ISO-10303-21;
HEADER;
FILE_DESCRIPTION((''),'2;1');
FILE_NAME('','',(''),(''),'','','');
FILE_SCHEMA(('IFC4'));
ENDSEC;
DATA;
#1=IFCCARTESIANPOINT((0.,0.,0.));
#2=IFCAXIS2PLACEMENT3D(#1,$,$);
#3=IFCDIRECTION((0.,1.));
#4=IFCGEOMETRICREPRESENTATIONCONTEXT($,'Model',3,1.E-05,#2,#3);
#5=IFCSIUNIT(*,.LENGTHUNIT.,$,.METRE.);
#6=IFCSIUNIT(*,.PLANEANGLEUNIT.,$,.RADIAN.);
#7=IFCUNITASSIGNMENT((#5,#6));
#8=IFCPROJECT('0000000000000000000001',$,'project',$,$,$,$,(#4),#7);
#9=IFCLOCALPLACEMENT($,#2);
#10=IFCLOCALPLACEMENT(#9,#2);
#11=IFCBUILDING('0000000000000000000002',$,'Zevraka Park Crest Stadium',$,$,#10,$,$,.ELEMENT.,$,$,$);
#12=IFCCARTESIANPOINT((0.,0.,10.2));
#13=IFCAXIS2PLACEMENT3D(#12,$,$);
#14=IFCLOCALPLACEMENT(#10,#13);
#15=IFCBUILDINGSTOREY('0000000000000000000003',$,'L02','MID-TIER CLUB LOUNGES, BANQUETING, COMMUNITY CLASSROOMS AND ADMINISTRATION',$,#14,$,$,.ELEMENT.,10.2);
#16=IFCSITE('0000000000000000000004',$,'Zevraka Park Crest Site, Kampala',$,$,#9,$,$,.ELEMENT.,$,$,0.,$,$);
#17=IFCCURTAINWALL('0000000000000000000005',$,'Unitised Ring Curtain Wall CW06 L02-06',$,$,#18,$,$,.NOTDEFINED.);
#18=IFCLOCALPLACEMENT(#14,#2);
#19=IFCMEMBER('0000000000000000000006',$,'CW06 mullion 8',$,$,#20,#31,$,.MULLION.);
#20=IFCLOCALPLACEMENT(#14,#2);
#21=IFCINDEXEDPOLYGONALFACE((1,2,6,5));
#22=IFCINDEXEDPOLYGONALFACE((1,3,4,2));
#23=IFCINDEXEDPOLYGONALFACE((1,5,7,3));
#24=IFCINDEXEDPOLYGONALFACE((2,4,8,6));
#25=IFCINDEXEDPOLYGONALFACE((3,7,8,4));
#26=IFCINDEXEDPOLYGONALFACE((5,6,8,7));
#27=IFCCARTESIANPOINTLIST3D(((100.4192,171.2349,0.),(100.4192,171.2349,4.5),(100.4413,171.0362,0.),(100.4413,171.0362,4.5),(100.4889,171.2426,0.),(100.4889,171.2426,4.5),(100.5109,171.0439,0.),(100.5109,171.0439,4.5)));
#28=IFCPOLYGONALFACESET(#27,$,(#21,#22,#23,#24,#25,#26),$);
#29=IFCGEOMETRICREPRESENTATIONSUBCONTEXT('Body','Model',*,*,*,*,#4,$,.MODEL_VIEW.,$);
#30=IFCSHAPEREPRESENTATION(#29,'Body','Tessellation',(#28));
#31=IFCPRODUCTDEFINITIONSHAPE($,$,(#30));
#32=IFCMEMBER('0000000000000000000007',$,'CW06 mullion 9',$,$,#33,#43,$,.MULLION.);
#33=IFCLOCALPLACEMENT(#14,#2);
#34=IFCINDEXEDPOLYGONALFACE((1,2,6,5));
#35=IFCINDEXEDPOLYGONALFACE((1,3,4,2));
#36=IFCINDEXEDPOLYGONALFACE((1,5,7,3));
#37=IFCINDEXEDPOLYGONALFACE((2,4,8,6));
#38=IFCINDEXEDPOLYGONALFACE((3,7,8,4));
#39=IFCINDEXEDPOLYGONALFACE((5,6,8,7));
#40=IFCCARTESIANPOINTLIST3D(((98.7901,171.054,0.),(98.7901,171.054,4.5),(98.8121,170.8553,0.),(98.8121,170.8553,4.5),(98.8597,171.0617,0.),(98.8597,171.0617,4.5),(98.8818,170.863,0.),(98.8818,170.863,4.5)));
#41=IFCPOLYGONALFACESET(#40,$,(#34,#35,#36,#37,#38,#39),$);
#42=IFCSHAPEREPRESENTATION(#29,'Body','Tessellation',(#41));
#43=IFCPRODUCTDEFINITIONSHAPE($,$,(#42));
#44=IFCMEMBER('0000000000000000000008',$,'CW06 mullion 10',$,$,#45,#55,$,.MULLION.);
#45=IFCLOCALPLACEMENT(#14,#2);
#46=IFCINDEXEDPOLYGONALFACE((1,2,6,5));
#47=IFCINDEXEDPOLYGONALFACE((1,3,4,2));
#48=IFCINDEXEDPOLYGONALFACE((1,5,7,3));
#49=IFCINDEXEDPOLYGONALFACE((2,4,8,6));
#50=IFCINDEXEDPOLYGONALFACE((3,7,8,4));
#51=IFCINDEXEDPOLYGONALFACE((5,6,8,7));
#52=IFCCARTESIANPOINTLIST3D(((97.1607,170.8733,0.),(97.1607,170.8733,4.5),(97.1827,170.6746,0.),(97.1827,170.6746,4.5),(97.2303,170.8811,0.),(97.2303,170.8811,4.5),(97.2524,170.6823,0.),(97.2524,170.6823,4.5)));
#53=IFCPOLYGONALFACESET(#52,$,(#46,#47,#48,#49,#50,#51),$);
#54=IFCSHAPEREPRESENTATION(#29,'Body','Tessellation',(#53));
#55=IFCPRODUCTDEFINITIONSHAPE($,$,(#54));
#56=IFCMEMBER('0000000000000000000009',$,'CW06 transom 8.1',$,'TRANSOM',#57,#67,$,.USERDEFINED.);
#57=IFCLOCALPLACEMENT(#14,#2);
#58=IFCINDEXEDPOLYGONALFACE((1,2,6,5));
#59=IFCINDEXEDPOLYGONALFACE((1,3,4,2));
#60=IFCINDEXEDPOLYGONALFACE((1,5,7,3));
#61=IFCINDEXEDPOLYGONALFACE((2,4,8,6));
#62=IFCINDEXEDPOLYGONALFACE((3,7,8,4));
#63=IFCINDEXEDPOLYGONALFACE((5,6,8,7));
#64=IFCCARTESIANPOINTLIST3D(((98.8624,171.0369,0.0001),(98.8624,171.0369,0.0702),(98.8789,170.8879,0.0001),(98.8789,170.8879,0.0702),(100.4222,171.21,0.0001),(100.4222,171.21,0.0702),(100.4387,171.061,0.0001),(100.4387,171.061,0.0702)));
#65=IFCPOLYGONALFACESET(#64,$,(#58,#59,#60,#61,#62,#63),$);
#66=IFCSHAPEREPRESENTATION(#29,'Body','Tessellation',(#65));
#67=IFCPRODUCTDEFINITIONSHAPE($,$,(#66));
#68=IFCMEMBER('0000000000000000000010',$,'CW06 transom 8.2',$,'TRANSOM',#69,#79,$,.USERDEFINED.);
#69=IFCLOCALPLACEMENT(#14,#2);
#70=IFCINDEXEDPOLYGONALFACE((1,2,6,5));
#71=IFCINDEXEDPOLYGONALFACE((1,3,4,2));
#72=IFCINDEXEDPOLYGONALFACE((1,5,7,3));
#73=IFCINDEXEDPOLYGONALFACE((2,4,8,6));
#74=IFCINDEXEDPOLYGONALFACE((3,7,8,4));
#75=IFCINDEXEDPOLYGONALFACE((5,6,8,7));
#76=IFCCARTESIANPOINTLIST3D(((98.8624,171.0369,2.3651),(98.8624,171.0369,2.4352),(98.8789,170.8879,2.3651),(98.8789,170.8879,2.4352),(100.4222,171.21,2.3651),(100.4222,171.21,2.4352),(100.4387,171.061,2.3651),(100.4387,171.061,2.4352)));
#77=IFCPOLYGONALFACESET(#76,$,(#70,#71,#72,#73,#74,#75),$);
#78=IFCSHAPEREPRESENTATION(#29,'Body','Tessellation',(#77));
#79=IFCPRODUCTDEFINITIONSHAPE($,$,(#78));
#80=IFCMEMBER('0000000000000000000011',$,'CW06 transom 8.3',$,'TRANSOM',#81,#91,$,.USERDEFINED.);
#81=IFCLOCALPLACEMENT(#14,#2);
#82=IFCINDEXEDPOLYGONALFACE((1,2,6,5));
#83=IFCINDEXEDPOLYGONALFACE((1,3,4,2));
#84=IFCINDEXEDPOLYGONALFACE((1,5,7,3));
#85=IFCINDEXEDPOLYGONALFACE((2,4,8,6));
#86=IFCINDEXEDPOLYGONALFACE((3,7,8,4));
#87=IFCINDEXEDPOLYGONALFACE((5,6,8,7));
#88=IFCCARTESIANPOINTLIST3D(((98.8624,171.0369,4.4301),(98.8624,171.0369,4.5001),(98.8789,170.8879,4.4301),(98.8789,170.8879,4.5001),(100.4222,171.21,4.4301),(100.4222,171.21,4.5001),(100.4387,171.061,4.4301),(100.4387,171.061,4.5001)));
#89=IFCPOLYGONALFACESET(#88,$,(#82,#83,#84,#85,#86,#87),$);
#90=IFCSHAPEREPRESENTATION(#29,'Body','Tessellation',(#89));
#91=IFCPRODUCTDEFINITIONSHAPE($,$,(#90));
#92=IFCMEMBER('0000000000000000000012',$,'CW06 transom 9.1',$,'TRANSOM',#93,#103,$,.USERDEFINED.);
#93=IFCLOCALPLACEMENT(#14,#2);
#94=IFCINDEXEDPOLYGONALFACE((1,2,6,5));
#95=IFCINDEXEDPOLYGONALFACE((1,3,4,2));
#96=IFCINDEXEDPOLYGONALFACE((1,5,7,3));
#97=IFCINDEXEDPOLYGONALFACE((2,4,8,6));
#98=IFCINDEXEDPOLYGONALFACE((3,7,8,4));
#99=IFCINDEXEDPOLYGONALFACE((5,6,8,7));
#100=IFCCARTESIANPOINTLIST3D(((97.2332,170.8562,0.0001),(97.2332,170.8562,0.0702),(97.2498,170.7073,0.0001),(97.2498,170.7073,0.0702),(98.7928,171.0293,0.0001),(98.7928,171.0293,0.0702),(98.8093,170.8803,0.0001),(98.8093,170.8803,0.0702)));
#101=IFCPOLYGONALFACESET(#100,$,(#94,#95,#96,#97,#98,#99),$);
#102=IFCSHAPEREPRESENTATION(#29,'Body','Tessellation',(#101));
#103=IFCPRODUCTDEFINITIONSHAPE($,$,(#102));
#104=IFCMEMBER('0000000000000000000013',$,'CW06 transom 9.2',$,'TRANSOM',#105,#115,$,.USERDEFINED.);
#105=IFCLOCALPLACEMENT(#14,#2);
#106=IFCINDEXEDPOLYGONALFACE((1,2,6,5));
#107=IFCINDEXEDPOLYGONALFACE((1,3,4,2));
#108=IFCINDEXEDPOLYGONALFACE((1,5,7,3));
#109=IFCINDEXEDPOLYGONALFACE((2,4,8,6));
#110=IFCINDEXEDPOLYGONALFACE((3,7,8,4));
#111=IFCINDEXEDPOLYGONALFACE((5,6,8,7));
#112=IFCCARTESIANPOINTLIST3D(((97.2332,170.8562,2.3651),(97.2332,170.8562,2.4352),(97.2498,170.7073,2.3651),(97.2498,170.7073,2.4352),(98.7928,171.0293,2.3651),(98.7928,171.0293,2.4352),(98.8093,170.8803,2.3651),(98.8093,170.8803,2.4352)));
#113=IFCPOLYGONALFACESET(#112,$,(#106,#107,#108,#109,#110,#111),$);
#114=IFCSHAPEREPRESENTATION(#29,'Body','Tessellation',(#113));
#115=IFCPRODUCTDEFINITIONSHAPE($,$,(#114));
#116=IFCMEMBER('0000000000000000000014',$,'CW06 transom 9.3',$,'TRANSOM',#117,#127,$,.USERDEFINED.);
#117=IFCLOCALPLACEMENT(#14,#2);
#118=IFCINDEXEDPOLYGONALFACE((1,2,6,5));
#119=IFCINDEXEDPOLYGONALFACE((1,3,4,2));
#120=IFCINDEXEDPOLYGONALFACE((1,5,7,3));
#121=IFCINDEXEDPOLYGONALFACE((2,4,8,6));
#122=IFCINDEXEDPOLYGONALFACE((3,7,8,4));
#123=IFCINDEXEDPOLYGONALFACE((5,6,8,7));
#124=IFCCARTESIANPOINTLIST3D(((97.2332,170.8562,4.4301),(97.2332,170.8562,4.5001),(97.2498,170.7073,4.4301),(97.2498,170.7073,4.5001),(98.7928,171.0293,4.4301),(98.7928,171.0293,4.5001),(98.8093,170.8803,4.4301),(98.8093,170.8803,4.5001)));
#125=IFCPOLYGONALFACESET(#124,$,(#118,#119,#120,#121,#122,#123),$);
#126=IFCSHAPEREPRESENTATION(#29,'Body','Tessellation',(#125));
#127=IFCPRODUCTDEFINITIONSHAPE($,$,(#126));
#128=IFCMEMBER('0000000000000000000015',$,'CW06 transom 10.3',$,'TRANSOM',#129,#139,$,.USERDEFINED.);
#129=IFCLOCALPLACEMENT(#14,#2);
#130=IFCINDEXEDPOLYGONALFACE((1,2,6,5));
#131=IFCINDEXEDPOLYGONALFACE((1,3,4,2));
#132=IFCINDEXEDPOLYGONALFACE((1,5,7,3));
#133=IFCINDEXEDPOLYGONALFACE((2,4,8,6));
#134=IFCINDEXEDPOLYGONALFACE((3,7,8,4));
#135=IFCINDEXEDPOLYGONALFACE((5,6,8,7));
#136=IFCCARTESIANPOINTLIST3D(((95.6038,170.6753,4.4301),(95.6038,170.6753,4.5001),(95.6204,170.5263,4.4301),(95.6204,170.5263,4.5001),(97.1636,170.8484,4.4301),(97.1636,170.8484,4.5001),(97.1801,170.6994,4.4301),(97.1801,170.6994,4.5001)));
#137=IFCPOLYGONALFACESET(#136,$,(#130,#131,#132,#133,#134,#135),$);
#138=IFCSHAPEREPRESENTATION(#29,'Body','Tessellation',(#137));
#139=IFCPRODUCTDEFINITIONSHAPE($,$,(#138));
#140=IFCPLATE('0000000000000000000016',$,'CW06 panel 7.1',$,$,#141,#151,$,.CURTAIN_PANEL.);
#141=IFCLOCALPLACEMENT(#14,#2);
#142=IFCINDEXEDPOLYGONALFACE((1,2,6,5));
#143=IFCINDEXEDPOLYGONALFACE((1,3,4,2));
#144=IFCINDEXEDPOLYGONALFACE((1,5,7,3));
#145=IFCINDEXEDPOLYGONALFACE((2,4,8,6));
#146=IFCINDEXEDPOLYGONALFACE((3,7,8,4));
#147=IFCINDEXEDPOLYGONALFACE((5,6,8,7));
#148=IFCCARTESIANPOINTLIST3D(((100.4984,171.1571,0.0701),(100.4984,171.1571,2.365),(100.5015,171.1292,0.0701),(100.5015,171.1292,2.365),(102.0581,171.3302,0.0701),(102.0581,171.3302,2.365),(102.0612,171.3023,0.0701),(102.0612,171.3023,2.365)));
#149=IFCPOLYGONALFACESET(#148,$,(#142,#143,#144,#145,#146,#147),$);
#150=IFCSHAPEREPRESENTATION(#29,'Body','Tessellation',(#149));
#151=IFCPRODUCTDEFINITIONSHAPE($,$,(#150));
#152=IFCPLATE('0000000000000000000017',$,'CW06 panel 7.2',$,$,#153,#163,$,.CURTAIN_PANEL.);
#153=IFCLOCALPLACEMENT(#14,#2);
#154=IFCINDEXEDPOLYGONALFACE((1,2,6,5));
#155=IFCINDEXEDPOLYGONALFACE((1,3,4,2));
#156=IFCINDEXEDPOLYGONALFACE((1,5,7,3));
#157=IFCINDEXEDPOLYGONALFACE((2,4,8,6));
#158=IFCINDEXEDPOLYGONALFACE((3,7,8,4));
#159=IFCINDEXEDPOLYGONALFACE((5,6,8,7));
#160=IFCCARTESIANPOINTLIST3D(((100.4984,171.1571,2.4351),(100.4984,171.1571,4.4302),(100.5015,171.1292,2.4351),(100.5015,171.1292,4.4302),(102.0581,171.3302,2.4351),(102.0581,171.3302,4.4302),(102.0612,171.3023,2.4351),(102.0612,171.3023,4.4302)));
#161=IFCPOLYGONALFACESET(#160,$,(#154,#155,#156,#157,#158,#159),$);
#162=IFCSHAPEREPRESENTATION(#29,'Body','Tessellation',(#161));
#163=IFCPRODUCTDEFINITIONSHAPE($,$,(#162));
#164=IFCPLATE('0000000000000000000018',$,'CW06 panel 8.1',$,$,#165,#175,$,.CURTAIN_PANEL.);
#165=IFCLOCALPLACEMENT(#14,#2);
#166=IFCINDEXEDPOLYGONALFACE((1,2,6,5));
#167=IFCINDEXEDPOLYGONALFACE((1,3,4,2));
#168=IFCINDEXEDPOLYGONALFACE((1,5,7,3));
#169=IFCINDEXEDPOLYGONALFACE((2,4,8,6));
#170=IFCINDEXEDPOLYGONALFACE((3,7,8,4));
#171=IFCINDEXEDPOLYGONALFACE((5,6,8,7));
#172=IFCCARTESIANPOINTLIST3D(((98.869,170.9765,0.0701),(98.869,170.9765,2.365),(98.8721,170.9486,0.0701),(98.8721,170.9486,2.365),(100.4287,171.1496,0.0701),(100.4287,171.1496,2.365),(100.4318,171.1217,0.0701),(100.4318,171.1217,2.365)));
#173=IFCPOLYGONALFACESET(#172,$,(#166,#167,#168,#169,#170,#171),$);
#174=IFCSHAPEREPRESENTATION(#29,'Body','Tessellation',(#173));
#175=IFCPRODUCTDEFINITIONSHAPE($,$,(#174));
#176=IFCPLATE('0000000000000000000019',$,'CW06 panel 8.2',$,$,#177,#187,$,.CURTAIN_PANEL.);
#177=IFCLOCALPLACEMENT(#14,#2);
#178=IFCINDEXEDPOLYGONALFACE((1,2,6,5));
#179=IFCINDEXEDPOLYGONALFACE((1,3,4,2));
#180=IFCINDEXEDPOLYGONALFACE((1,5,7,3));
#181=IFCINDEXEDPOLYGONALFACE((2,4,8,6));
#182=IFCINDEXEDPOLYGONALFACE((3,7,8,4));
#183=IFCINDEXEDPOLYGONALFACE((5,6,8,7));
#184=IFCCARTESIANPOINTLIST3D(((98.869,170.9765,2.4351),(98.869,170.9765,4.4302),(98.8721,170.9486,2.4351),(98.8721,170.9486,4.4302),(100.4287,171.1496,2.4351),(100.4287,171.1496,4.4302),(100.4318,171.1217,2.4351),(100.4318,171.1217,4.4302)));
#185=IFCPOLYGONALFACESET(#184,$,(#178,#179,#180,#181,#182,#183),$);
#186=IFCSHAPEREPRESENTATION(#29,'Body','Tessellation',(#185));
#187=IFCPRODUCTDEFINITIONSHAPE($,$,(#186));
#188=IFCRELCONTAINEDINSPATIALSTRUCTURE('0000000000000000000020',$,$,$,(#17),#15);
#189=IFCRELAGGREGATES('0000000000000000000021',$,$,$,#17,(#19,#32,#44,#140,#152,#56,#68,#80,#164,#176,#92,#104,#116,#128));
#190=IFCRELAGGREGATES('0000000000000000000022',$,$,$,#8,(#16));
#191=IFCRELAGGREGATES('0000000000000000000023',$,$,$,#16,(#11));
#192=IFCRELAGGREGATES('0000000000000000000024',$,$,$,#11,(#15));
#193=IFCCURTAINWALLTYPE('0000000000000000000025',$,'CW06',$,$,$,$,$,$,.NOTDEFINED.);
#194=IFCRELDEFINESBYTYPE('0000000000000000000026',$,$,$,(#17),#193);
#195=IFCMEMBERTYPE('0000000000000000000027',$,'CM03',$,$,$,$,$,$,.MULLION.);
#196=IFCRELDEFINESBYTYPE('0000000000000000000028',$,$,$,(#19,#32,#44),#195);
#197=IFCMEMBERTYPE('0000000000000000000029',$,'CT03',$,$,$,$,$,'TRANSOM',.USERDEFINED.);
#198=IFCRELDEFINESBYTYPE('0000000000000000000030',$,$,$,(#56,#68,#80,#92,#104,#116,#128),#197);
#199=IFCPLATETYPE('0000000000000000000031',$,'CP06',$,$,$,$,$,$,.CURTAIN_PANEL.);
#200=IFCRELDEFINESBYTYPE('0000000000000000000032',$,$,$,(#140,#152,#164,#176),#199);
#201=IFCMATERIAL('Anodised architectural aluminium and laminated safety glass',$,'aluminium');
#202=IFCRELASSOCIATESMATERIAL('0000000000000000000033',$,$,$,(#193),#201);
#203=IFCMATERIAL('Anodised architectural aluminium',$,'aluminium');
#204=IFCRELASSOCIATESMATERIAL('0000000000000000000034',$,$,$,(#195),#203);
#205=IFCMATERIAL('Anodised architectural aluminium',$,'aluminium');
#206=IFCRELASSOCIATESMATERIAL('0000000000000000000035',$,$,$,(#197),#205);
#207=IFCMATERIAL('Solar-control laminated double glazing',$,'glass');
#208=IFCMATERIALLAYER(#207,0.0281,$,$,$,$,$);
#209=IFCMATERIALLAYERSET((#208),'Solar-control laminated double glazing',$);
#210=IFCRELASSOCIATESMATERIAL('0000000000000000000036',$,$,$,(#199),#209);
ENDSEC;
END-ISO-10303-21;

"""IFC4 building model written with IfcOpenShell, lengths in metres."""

from ifc_helpers import new_model, si_unit, direction, frame, origin, origin_2d, place, context, subcontext, project, spatial, rectangle, extrude, material, layer, layer_set, material_profile, profile_set, type_object, element, aggregate, save


model = new_model("IFC4")

# Units and contexts
model_context = context("Model", 3, precision=1e-05, world=origin(), true_north=direction((0.0, 1.0)))
body_context = subcontext(model_context, "Body", "Model", "MODEL_VIEW")
ifc_project = project(units=[si_unit("LENGTHUNIT", "METRE"), si_unit("PLANEANGLEUNIT", "RADIAN")], contexts=[model_context])

# Site, building, storey
site_placement = place(None, origin())
site = spatial("IfcSite", under=ifc_project, at=site_placement, Name="Zevraka Park Crest Site, Kampala", CompositionType="ELEMENT", RefElevation=0.0)
building_placement = place(site_placement, origin())
building = spatial("IfcBuilding", under=site, at=building_placement, Name="Zevraka Park Crest Stadium", CompositionType="ELEMENT")
storey_placement = place(building_placement, frame((0.0, 0.0, 10.2)))
storey = spatial("IfcBuildingStorey", under=building, at=storey_placement, Name="L02", Description="MID-TIER CLUB LOUNGES, BANQUETING, COMMUNITY CLASSROOMS AND ADMINISTRATION", CompositionType="ELEMENT", Elevation=10.2)

# Curtain wall, members, plates
ifc_material_1 = material(Name="Anodised architectural aluminium and laminated safety glass", Category="aluminium")
curtain_wall_type = type_object("IfcCurtainWallType", Name="CW06", PredefinedType="NOTDEFINED", material=ifc_material_1)
curtain_wall_placement = place(storey_placement, origin())
curtain_wall = element("IfcCurtainWall", 1, at=curtain_wall_placement, inside=storey, type_object=curtain_wall_type, Name="Unitised Ring Curtain Wall CW06 L02-06", PredefinedType="NOTDEFINED")
ifc_material_2 = material(Name="Anodised architectural aluminium", Category="aluminium")
ifc_material_profile_1 = material_profile(ifc_material_2, rectangle(XDim=0.2, YDim=0.0701, at=origin_2d()), Name="ALU MULLION 200x70")
ifc_profile_set_1 = profile_set([ifc_material_profile_1], Name="Anodised architectural aluminium")
member_type_1 = type_object("IfcMemberType", Name="CM03", PredefinedType="MULLION", material=ifc_profile_set_1)
member_1_placement = place(storey_placement, frame((100.4651, 171.1394, 0.0), z_axis=(0.0, 0.0, 1.0), x_axis=(0.110293, -0.993899, 0.0)))
member_1 = element("IfcMember", 2, at=member_1_placement, type_object=member_type_1, Name="CW06 mullion 8", PredefinedType="MULLION", context=body_context, shape_type="SweptSolid", body=[
    extrude(rectangle(XDim=0.2, YDim=0.0701, at=origin_2d()), origin(), (0.0, 0.0, 1.0), 4.5),
])
member_2_placement = place(storey_placement, frame((98.8359, 170.9585, 0.0), z_axis=(0.0, 0.0, 1.0), x_axis=(0.110293, -0.993899, 0.0)))
member_2 = element("IfcMember", 3, at=member_2_placement, type_object=member_type_1, Name="CW06 mullion 9", PredefinedType="MULLION", context=body_context, shape_type="SweptSolid", body=[
    extrude(rectangle(XDim=0.2, YDim=0.0701, at=origin_2d()), origin(), (0.0, 0.0, 1.0), 4.5),
])
member_3_placement = place(storey_placement, frame((97.2065, 170.7778, 0.0), z_axis=(0.0, 0.0, 1.0), x_axis=(0.110293, -0.993899, 0.0)))
member_3 = element("IfcMember", 4, at=member_3_placement, type_object=member_type_1, Name="CW06 mullion 10", PredefinedType="MULLION", context=body_context, shape_type="SweptSolid", body=[
    extrude(rectangle(XDim=0.2, YDim=0.0701, at=origin_2d()), origin(), (0.0, 0.0, 1.0), 4.5),
])
ifc_material_3 = material(Name="Anodised architectural aluminium", Category="aluminium")
ifc_material_profile_2 = material_profile(ifc_material_3, rectangle(XDim=0.1499, YDim=0.0701, at=origin_2d()), Name="ALU TRANSOM 150x70")
ifc_profile_set_2 = profile_set([ifc_material_profile_2], Name="Anodised architectural aluminium")
member_type_2 = type_object("IfcMemberType", Name="CT03", ElementType="TRANSOM", PredefinedType="USERDEFINED", material=ifc_profile_set_2)
member_4_placement = place(storey_placement, frame((100.4304, 171.1355, 0.0352), z_axis=(-0.993899, -0.110295, 0.0), x_axis=(0.110295, -0.993899, 0.0)))
member_4 = element("IfcMember", 5, at=member_4_placement, type_object=member_type_2, Name="CW06 transom 8.1", ObjectType="TRANSOM", PredefinedType="USERDEFINED", context=body_context, shape_type="SweptSolid", body=[
    extrude(rectangle(XDim=0.1499, YDim=0.0701, at=origin_2d()), origin(), (0.0, 0.0, 1.0), 1.5693),
])
member_5_placement = place(storey_placement, frame((100.4304, 171.1355, 2.4001), z_axis=(-0.993899, -0.110295, 0.0), x_axis=(0.110295, -0.993899, 0.0)))
member_5 = element("IfcMember", 6, at=member_5_placement, type_object=member_type_2, Name="CW06 transom 8.2", ObjectType="TRANSOM", PredefinedType="USERDEFINED", context=body_context, shape_type="SweptSolid", body=[
    extrude(rectangle(XDim=0.1499, YDim=0.0701, at=origin_2d()), origin(), (0.0, 0.0, 1.0), 1.5693),
])
member_6_placement = place(storey_placement, frame((100.4304, 171.1355, 4.4651), z_axis=(-0.993899, -0.110295, 0.0), x_axis=(0.110295, -0.993899, 0.0)))
member_6 = element("IfcMember", 7, at=member_6_placement, type_object=member_type_2, Name="CW06 transom 8.3", ObjectType="TRANSOM", PredefinedType="USERDEFINED", context=body_context, shape_type="SweptSolid", body=[
    extrude(rectangle(XDim=0.1499, YDim=0.0701, at=origin_2d()), origin(), (0.0, 0.0, 1.0), 1.5693),
])
member_7_placement = place(storey_placement, frame((98.801, 170.9548, 0.0352), z_axis=(-0.993897, -0.110312, 0.0), x_axis=(0.110312, -0.993897, 0.0)))
member_7 = element("IfcMember", 8, at=member_7_placement, type_object=member_type_2, Name="CW06 transom 9.1", ObjectType="TRANSOM", PredefinedType="USERDEFINED", context=body_context, shape_type="SweptSolid", body=[
    extrude(rectangle(XDim=0.1499, YDim=0.0701, at=origin_2d()), origin(), (0.0, 0.0, 1.0), 1.5691),
])
member_8_placement = place(storey_placement, frame((98.801, 170.9548, 2.4001), z_axis=(-0.993897, -0.110312, 0.0), x_axis=(0.110312, -0.993897, 0.0)))
member_8 = element("IfcMember", 9, at=member_8_placement, type_object=member_type_2, Name="CW06 transom 9.2", ObjectType="TRANSOM", PredefinedType="USERDEFINED", context=body_context, shape_type="SweptSolid", body=[
    extrude(rectangle(XDim=0.1499, YDim=0.0701, at=origin_2d()), origin(), (0.0, 0.0, 1.0), 1.5691),
])
member_9_placement = place(storey_placement, frame((98.801, 170.9548, 4.4651), z_axis=(-0.993897, -0.110312, 0.0), x_axis=(0.110312, -0.993897, 0.0)))
member_9 = element("IfcMember", 10, at=member_9_placement, type_object=member_type_2, Name="CW06 transom 9.3", ObjectType="TRANSOM", PredefinedType="USERDEFINED", context=body_context, shape_type="SweptSolid", body=[
    extrude(rectangle(XDim=0.1499, YDim=0.0701, at=origin_2d()), origin(), (0.0, 0.0, 1.0), 1.5691),
])
member_10_placement = place(storey_placement, frame((97.1719, 170.7739, 4.4651), z_axis=(-0.993899, -0.110295, 0.0), x_axis=(0.110295, -0.993899, 0.0)))
member_10 = element("IfcMember", 11, at=member_10_placement, type_object=member_type_2, Name="CW06 transom 10.3", ObjectType="TRANSOM", PredefinedType="USERDEFINED", context=body_context, shape_type="SweptSolid", body=[
    extrude(rectangle(XDim=0.1499, YDim=0.0701, at=origin_2d()), origin(), (0.0, 0.0, 1.0), 1.5693),
])
ifc_material_4 = material(Name="Solar-control laminated double glazing", Category="glass")
ifc_layer_1 = layer(ifc_material_4, 0.0281)
ifc_layer_set_1 = layer_set([ifc_layer_1], Name="Solar-control laminated double glazing")
plate_type = type_object("IfcPlateType", Name="CP06", PredefinedType="CURTAIN_PANEL", material=ifc_layer_set_1)
plate_1_placement = place(storey_placement, frame((101.2798, 171.2297, 0.0701), z_axis=(0.0, 0.0, 1.0), x_axis=(-0.993899, -0.110293, 0.0)))
plate_1 = element("IfcPlate", 12, at=plate_1_placement, type_object=plate_type, Name="CW06 panel 7.1", PredefinedType="CURTAIN_PANEL", context=body_context, shape_type="SweptSolid", body=[
    extrude(rectangle(XDim=1.5693, YDim=0.0281, at=origin_2d()), origin(), (0.0, 0.0, 1.0), 2.2949),
])
plate_2_placement = place(storey_placement, frame((101.2798, 171.2297, 2.4351), z_axis=(0.0, 0.0, 1.0), x_axis=(-0.993899, -0.110293, 0.0)))
plate_2 = element("IfcPlate", 13, at=plate_2_placement, type_object=plate_type, Name="CW06 panel 7.2", PredefinedType="CURTAIN_PANEL", context=body_context, shape_type="SweptSolid", body=[
    extrude(rectangle(XDim=1.5693, YDim=0.0281, at=origin_2d()), origin(), (0.0, 0.0, 1.0), 1.9951),
])
plate_3_placement = place(storey_placement, frame((99.6504, 171.0491, 0.0701), z_axis=(0.0, 0.0, 1.0), x_axis=(-0.993899, -0.110293, 0.0)))
plate_3 = element("IfcPlate", 14, at=plate_3_placement, type_object=plate_type, Name="CW06 panel 8.1", PredefinedType="CURTAIN_PANEL", context=body_context, shape_type="SweptSolid", body=[
    extrude(rectangle(XDim=1.5693, YDim=0.0281, at=origin_2d()), origin(), (0.0, 0.0, 1.0), 2.2949),
])
plate_4_placement = place(storey_placement, frame((99.6504, 171.0491, 2.4351), z_axis=(0.0, 0.0, 1.0), x_axis=(-0.993899, -0.110293, 0.0)))
plate_4 = element("IfcPlate", 15, at=plate_4_placement, type_object=plate_type, Name="CW06 panel 8.2", PredefinedType="CURTAIN_PANEL", context=body_context, shape_type="SweptSolid", body=[
    extrude(rectangle(XDim=1.5693, YDim=0.0281, at=origin_2d()), origin(), (0.0, 0.0, 1.0), 1.9951),
])
aggregate(curtain_wall, [member_1, member_2, member_3, plate_1, plate_2, member_4, member_5, member_6, plate_3, plate_4, member_7, member_8, member_9, member_10])

save(model, "model.ifc")
